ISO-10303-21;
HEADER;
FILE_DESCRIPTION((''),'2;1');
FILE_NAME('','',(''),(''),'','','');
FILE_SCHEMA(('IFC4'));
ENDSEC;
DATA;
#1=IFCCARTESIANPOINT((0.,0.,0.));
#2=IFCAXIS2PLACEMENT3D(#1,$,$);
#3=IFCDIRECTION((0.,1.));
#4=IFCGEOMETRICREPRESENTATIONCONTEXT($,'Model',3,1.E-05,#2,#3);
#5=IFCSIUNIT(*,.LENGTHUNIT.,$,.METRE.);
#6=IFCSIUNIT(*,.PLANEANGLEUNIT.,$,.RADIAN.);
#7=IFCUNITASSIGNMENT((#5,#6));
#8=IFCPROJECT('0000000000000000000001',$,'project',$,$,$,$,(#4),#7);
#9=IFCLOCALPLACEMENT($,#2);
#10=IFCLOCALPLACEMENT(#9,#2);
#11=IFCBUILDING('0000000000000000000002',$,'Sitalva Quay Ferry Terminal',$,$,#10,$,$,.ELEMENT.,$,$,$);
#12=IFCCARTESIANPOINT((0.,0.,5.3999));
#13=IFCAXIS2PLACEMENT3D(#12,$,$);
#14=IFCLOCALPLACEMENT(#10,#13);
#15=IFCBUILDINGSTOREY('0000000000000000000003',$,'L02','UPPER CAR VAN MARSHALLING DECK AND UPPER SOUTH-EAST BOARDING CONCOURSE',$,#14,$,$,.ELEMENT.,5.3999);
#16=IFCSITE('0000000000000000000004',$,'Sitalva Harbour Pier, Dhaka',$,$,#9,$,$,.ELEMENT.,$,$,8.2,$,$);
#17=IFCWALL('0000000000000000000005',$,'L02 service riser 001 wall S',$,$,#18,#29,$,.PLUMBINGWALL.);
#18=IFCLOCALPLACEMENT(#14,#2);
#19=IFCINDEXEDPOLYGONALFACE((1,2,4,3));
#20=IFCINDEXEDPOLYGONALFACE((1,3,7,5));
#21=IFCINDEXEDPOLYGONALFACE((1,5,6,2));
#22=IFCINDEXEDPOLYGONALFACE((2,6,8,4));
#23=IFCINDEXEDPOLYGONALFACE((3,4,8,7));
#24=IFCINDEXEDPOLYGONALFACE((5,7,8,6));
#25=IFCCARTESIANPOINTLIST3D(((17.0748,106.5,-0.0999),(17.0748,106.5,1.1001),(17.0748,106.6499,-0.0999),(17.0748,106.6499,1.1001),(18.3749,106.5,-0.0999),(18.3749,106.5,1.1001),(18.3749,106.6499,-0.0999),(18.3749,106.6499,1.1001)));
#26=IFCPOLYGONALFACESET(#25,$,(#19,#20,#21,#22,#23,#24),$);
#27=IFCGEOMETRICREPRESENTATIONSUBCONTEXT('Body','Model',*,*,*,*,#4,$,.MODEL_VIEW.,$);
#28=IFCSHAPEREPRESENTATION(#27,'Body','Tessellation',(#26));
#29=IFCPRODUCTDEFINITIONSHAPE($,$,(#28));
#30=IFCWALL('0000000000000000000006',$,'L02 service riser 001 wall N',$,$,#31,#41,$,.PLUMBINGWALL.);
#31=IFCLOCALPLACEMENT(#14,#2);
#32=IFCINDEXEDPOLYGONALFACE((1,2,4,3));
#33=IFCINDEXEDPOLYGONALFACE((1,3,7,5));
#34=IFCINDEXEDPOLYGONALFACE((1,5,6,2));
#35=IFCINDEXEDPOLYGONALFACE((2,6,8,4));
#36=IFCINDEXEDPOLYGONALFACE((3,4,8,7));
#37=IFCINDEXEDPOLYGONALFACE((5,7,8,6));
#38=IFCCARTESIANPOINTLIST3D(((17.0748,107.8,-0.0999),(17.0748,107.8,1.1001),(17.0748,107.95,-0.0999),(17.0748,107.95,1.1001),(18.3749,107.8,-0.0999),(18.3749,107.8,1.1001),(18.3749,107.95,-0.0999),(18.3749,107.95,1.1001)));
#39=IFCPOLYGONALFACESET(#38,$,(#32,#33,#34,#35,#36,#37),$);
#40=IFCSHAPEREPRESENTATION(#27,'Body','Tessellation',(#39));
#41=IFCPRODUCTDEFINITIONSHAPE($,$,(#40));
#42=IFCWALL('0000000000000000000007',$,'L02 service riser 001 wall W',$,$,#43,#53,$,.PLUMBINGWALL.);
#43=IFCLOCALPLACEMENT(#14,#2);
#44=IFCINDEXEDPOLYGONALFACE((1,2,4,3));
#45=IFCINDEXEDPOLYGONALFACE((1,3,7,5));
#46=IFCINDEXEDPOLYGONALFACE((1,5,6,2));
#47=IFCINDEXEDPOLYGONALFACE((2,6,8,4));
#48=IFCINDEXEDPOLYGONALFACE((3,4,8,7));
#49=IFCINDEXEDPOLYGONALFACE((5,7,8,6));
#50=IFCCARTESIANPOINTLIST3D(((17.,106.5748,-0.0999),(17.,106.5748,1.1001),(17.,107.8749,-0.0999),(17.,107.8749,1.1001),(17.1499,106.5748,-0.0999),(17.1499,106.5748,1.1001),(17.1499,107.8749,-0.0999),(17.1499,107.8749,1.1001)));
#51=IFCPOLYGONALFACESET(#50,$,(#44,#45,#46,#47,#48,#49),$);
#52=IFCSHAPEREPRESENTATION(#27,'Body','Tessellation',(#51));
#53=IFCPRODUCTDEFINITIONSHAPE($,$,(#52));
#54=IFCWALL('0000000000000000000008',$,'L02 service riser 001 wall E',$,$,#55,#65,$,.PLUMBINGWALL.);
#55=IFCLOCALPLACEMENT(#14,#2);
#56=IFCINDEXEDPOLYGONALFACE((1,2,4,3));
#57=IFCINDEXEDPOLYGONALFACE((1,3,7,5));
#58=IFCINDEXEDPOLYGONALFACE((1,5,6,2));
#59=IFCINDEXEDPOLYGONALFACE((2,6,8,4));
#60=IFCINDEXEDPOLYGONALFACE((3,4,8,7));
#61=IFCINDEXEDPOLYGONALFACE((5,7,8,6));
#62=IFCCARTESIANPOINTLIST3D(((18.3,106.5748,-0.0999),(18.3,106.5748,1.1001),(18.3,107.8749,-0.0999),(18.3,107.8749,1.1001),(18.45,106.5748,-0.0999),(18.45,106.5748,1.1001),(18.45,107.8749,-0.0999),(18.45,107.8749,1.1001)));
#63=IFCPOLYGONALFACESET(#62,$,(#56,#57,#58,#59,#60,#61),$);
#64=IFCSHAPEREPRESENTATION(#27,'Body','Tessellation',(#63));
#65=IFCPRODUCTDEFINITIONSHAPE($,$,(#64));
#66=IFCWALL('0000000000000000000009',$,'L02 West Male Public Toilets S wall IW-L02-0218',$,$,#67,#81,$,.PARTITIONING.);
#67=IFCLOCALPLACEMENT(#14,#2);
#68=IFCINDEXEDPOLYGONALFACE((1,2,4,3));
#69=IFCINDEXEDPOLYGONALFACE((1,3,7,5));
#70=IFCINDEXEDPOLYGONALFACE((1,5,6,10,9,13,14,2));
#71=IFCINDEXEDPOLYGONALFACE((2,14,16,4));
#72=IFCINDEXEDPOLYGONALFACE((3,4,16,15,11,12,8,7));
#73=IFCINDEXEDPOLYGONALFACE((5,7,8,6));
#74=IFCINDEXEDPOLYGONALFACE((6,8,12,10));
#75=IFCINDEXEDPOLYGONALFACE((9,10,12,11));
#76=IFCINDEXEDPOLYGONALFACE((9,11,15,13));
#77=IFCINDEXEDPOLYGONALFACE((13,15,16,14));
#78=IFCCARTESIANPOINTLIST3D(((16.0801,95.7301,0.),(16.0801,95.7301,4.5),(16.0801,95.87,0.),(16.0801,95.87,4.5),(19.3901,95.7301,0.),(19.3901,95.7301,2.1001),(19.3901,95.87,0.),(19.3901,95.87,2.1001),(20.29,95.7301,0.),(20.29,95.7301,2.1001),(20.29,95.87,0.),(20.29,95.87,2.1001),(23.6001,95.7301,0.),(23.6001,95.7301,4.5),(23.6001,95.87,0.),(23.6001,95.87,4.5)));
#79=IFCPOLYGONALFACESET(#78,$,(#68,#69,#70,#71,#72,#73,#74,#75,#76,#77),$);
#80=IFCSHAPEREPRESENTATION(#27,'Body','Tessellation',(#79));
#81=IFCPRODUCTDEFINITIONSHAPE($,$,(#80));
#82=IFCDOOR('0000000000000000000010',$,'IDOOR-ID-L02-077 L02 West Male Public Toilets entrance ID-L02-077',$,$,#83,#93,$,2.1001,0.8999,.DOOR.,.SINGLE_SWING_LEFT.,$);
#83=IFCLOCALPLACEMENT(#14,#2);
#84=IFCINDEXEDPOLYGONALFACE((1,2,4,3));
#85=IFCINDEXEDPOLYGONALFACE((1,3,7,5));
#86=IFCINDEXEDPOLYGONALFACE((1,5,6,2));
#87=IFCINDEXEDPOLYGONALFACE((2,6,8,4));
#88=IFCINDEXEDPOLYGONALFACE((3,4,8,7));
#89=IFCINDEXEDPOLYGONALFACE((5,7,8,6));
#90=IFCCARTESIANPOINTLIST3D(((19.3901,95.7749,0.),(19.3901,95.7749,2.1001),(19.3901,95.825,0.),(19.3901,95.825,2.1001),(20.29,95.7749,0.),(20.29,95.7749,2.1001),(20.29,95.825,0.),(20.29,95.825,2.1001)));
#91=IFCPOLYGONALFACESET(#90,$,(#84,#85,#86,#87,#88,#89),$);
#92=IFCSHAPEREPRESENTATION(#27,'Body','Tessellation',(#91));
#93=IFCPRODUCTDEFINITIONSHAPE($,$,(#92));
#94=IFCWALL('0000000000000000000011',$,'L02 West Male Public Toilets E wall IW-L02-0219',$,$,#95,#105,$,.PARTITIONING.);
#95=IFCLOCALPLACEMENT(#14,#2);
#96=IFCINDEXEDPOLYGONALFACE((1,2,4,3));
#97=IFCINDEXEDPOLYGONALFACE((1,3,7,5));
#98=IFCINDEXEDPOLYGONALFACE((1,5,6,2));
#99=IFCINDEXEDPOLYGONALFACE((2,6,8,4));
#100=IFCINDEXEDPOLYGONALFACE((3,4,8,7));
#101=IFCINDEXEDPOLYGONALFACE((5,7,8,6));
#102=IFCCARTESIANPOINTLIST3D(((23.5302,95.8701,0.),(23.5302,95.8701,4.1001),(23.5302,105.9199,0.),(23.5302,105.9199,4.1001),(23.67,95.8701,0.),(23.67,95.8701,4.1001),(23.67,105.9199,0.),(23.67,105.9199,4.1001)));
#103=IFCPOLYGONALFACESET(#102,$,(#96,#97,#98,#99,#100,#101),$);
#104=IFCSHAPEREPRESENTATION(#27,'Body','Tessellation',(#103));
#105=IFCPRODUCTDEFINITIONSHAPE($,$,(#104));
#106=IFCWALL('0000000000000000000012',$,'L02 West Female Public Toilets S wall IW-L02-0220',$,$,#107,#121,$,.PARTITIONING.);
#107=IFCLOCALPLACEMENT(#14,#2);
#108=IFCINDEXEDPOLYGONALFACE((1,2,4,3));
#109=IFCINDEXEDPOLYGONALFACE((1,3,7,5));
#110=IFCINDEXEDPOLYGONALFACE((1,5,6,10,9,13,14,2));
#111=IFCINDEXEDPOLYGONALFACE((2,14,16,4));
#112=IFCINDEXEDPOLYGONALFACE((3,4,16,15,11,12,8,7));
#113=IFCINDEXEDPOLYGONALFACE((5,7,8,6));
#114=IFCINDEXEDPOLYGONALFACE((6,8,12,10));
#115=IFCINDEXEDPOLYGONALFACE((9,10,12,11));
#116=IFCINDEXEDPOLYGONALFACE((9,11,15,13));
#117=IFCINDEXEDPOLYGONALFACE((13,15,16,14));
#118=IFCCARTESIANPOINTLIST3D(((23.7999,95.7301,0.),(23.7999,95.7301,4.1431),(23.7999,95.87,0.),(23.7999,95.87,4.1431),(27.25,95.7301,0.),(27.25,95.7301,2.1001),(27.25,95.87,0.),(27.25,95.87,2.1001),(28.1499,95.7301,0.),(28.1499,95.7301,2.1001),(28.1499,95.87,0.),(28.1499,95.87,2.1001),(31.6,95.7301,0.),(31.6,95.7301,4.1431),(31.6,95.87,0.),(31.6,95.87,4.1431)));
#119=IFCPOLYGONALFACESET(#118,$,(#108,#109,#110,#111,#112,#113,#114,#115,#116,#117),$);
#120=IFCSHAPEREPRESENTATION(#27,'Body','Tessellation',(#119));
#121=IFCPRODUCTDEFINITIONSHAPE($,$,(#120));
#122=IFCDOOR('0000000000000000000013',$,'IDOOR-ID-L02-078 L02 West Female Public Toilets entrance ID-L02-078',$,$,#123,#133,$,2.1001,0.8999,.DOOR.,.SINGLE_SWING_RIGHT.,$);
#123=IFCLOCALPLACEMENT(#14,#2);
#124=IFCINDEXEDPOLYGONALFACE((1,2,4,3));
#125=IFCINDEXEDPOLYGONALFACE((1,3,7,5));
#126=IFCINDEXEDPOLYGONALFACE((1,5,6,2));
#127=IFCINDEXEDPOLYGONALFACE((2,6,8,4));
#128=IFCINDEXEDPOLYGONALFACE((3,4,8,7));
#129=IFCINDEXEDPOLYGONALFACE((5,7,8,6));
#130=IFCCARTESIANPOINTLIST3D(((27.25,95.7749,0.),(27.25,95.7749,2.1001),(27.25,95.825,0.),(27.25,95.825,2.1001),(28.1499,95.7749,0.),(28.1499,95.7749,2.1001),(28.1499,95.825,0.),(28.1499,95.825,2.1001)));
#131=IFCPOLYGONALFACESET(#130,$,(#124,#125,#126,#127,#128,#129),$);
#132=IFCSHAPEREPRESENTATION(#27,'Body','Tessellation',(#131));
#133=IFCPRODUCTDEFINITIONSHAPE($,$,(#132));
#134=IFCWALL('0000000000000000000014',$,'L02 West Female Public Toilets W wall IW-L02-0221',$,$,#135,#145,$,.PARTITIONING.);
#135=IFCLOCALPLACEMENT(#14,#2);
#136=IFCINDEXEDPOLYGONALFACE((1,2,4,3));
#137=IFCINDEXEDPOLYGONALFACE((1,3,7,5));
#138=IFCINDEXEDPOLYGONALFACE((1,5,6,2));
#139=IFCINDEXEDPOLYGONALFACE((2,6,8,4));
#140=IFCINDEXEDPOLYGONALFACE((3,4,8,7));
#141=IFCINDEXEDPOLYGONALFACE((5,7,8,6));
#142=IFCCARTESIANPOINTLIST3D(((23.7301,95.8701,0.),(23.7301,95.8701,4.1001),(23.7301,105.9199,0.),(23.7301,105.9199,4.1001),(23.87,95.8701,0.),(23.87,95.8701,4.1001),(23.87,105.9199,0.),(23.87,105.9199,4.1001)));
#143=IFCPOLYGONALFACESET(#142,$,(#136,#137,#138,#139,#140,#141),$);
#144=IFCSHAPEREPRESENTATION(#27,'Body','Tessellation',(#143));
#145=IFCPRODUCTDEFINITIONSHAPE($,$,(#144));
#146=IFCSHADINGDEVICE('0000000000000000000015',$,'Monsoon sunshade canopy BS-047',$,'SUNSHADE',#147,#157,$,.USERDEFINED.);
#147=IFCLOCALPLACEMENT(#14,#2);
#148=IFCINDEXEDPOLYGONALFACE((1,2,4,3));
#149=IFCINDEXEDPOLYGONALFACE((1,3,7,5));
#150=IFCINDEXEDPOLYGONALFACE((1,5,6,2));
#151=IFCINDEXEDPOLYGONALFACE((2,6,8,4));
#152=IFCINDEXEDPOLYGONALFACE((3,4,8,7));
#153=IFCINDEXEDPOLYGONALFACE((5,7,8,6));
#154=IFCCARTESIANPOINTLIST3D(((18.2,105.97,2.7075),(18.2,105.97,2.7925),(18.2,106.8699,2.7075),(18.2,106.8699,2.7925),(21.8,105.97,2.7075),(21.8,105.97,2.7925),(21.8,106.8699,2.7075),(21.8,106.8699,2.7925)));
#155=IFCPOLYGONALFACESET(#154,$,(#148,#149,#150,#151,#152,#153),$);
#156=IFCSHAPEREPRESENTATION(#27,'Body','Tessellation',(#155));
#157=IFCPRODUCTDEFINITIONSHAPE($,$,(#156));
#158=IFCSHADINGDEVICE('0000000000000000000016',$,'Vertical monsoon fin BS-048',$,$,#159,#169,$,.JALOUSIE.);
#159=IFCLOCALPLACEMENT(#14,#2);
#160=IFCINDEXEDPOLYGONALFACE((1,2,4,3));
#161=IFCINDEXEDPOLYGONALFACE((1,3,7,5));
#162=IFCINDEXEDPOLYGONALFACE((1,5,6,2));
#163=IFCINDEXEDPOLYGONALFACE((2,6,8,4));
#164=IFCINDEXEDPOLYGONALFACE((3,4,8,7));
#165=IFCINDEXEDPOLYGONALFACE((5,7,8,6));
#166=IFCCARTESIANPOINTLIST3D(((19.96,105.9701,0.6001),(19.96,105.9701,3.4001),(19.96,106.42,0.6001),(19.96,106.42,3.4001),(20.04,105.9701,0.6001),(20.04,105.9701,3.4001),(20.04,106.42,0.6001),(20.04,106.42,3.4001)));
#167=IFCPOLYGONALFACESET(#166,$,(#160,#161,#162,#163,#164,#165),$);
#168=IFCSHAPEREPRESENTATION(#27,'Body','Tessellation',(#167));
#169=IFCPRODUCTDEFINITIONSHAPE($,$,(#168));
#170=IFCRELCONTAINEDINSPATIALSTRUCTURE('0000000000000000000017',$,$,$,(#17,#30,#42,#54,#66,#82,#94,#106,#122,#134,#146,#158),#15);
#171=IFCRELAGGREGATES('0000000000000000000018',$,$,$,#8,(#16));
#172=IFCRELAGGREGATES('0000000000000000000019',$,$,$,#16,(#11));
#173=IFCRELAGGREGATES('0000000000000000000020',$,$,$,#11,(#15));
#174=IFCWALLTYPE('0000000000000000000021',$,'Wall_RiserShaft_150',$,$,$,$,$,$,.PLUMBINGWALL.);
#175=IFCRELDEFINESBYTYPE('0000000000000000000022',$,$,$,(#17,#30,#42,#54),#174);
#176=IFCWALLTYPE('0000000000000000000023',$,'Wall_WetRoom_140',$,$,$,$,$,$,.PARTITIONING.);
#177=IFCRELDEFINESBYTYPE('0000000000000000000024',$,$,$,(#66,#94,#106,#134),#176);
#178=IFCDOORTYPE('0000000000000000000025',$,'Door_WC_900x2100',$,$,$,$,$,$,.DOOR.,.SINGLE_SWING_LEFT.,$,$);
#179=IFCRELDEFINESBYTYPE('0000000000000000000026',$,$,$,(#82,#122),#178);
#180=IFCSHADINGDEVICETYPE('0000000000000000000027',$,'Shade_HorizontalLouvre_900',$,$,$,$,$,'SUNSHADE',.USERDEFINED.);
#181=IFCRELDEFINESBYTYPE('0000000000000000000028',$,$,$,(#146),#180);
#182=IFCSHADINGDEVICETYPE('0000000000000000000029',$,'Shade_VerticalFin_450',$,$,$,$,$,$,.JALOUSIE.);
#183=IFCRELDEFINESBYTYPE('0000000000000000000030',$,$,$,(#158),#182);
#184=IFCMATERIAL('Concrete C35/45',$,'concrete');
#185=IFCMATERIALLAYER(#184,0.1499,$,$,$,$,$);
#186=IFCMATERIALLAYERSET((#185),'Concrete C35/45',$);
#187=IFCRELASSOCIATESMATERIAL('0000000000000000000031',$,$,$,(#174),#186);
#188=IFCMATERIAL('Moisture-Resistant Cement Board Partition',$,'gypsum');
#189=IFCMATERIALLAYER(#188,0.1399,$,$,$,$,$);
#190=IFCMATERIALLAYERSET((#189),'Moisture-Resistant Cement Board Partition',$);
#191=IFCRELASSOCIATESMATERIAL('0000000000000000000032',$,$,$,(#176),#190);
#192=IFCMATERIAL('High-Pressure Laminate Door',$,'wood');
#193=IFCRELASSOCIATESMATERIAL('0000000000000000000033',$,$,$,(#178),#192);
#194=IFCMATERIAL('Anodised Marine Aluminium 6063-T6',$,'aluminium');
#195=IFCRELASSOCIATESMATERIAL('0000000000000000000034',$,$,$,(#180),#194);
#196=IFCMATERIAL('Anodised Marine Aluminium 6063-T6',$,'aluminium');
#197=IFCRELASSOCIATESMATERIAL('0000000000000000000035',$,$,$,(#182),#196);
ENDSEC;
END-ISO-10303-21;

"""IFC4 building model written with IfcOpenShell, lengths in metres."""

from ifc_helpers import new_model, si_unit, direction, frame, frame_2d, origin, origin_2d, place, context, subcontext, project, spatial, rectangle, extrude, material, layer, layer_set, type_object, element, fill, save


model = new_model("IFC4")

# Units and contexts
model_context = context("Model", 3, precision=1e-05, world=origin(), true_north=direction((0.0, 1.0)))
body_context = subcontext(model_context, "Body", "Model", "MODEL_VIEW")
ifc_project = project(units=[si_unit("LENGTHUNIT", "METRE"), si_unit("PLANEANGLEUNIT", "RADIAN")], contexts=[model_context])

# Site, building, storey
site_placement = place(None, origin())
site = spatial("IfcSite", under=ifc_project, at=site_placement, Name="Sitalva Harbour Pier, Dhaka", CompositionType="ELEMENT", RefElevation=8.2)
building_placement = place(site_placement, origin())
building = spatial("IfcBuilding", under=site, at=building_placement, Name="Sitalva Quay Ferry Terminal", CompositionType="ELEMENT")
storey_placement = place(building_placement, frame((0.0, 0.0, 5.3999)))
storey = spatial("IfcBuildingStorey", under=building, at=storey_placement, Name="L02", Description="UPPER CAR VAN MARSHALLING DECK AND UPPER SOUTH-EAST BOARDING CONCOURSE", CompositionType="ELEMENT", Elevation=5.3999)

# Walls
ifc_material_1 = material(Name="Concrete C35/45", Category="concrete")
ifc_layer_1 = layer(ifc_material_1, 0.1499)
ifc_layer_set_1 = layer_set([ifc_layer_1], Name="Concrete C35/45")
wall_type_1 = type_object("IfcWallType", Name="Wall_RiserShaft_150", PredefinedType="PLUMBINGWALL", material=ifc_layer_set_1)
for number, where, z_axis, x_axis, name in (
    (1, (17.075, 106.575, -0.0999), (0.0, 0.0, 1.0), (1.0, 0.0, 0.0), "L02 service riser 001 wall S"),
    (2, (17.075, 107.875, -0.0999), (0.0, 0.0, 1.0), (1.0, 0.0, 0.0), "L02 service riser 001 wall N"),
    (3, (17.075, 106.575, -0.0999), (0.0, 0.0, 1.0), (0.0, 1.0, 0.0), "L02 service riser 001 wall W"),
    (4, (18.375, 106.575, -0.0999), (0.0, 0.0, 1.0), (0.0, 1.0, 0.0), "L02 service riser 001 wall E"),
):
    element("IfcWall", number, at=place(storey_placement, frame(where, z_axis=z_axis, x_axis=x_axis)), inside=storey, type_object=wall_type_1, Name=name, PredefinedType="PLUMBINGWALL", context=body_context, shape_type="SweptSolid", body=[
        extrude(rectangle(XDim=1.3, YDim=0.1499, at=frame_2d((0.6499, 0.0))), origin(), (0.0, 0.0, 1.0), 1.2),
    ])

# Wall, opening, door
ifc_material_2 = material(Name="Moisture-Resistant Cement Board Partition", Category="gypsum")
ifc_layer_2 = layer(ifc_material_2, 0.1399)
ifc_layer_set_2 = layer_set([ifc_layer_2], Name="Moisture-Resistant Cement Board Partition")
wall_type_2 = type_object("IfcWallType", Name="Wall_WetRoom_140", PredefinedType="PARTITIONING", material=ifc_layer_set_2)
wall_1_placement = place(storey_placement, frame((16.0801, 95.8, 0.0), z_axis=(0.0, 0.0, 1.0), x_axis=(1.0, 0.0, 0.0)))
wall_1 = element("IfcWall", 5, at=wall_1_placement, inside=storey, type_object=wall_type_2, Name="L02 West Male Public Toilets S wall IW-L02-0218", PredefinedType="PARTITIONING", context=body_context, shape_type="SweptSolid", body=[
    extrude(rectangle(XDim=7.52, YDim=0.1399, at=frame_2d((3.76, 0.0))), origin(), (0.0, 0.0, 1.0), 4.5),
])
opening_1_placement = place(wall_1_placement, frame((3.3101, 0.0, 0.0)))
opening_1 = element("IfcOpeningElement", 6, at=opening_1_placement, cuts=wall_1, PredefinedType="OPENING", context=body_context, shape_type="SweptSolid", body=[
    extrude(rectangle(XDim=0.8999, YDim=2.1001, at=frame_2d((0.45, 1.05))), frame((0.0, 0.0798, 0.0), z_axis=(0.0, -1.0, 0.0), x_axis=(1.0, 0.0, 0.0)), (0.0, 0.0, 1.0), 0.1599),
])
ifc_material_3 = material(Name="High-Pressure Laminate Door", Category="wood")
door_type = type_object("IfcDoorType", Name="Door_WC_900x2100", OperationType="SINGLE_SWING_LEFT", PredefinedType="DOOR", material=ifc_material_3)
door_1_placement = place(opening_1_placement, origin())
door_1 = element("IfcDoor", 7, at=door_1_placement, inside=storey, type_object=door_type, Name="IDOOR-ID-L02-077 L02 West Male Public Toilets entrance ID-L02-077", OperationType="SINGLE_SWING_LEFT", OverallHeight=2.1001, OverallWidth=0.8999, PredefinedType="DOOR", context=body_context, shape_type="SweptSolid", body=[
    extrude(rectangle(XDim=0.8999, YDim=2.1001, at=frame_2d((0.45, 1.05))), frame((0.0, 0.0249, 0.0), z_axis=(0.0, -1.0, 0.0), x_axis=(1.0, 0.0, 0.0)), (0.0, 0.0, 1.0), 0.05),
])
fill(opening_1, door_1)

# Wall
wall_2_placement = place(storey_placement, frame((23.6001, 95.8701, 0.0), z_axis=(0.0, 0.0, 1.0), x_axis=(0.0, 1.0, 0.0)))
element("IfcWall", 8, at=wall_2_placement, inside=storey, type_object=wall_type_2, Name="L02 West Male Public Toilets E wall IW-L02-0219", PredefinedType="PARTITIONING", context=body_context, shape_type="SweptSolid", body=[
    extrude(rectangle(XDim=10.0498, YDim=0.1399, at=frame_2d((5.0249, 0.0))), origin(), (0.0, 0.0, 1.0), 4.1001),
])

# Wall, opening, door
wall_3_placement = place(storey_placement, frame((23.8, 95.8, 0.0), z_axis=(0.0, 0.0, 1.0), x_axis=(1.0, 0.0, 0.0)))
wall_3 = element("IfcWall", 9, at=wall_3_placement, inside=storey, type_object=wall_type_2, Name="L02 West Female Public Toilets S wall IW-L02-0220", PredefinedType="PARTITIONING", context=body_context, shape_type="SweptSolid", body=[
    extrude(rectangle(XDim=7.8, YDim=0.1399, at=frame_2d((3.8999, 0.0))), origin(), (0.0, 0.0, 1.0), 4.1431),
])
opening_2_placement = place(wall_3_placement, frame((3.45, 0.0, 0.0)))
opening_2 = element("IfcOpeningElement", 10, at=opening_2_placement, cuts=wall_3, PredefinedType="OPENING", context=body_context, shape_type="SweptSolid", body=[
    extrude(rectangle(XDim=0.8999, YDim=2.1001, at=frame_2d((0.45, 1.05))), frame((0.0, 0.0798, 0.0), z_axis=(0.0, -1.0, 0.0), x_axis=(1.0, 0.0, 0.0)), (0.0, 0.0, 1.0), 0.1599),
])
door_2_placement = place(opening_2_placement, origin())
door_2 = element("IfcDoor", 11, at=door_2_placement, inside=storey, type_object=door_type, Name="IDOOR-ID-L02-078 L02 West Female Public Toilets entrance ID-L02-078", OperationType="SINGLE_SWING_RIGHT", OverallHeight=2.1001, OverallWidth=0.8999, PredefinedType="DOOR", context=body_context, shape_type="SweptSolid", body=[
    extrude(rectangle(XDim=0.8999, YDim=2.1001, at=frame_2d((0.45, 1.05))), frame((0.0, 0.0249, 0.0), z_axis=(0.0, -1.0, 0.0), x_axis=(1.0, 0.0, 0.0)), (0.0, 0.0, 1.0), 0.05),
])
fill(opening_2, door_2)

# Wall
wall_4_placement = place(storey_placement, frame((23.8, 95.8701, 0.0), z_axis=(0.0, 0.0, 1.0), x_axis=(0.0, 1.0, 0.0)))
element("IfcWall", 12, at=wall_4_placement, inside=storey, type_object=wall_type_2, Name="L02 West Female Public Toilets W wall IW-L02-0221", PredefinedType="PARTITIONING", context=body_context, shape_type="SweptSolid", body=[
    extrude(rectangle(XDim=10.0498, YDim=0.1399, at=frame_2d((5.0249, 0.0))), origin(), (0.0, 0.0, 1.0), 4.1001),
])

# Shading devices
ifc_material_4 = material(Name="Anodised Marine Aluminium 6063-T6", Category="aluminium")
shading_device_type_1 = type_object("IfcShadingDeviceType", Name="Shade_HorizontalLouvre_900", ElementType="SUNSHADE", PredefinedType="USERDEFINED", material=ifc_material_4)
shading_device_1_placement = place(storey_placement, frame((20.0, 106.4199, 2.7075), z_axis=(0.0, 0.0, 1.0), x_axis=(1.0, 0.0, 0.0)))
element("IfcShadingDevice", 13, at=shading_device_1_placement, inside=storey, type_object=shading_device_type_1, Name="Monsoon sunshade canopy BS-047", ObjectType="SUNSHADE", PredefinedType="USERDEFINED", context=body_context, shape_type="SweptSolid", body=[
    extrude(rectangle(XDim=3.6001, YDim=0.8999, at=origin_2d()), origin(), (0.0, 0.0, 1.0), 0.085),
])
ifc_material_5 = material(Name="Anodised Marine Aluminium 6063-T6", Category="aluminium")
shading_device_type_2 = type_object("IfcShadingDeviceType", Name="Shade_VerticalFin_450", PredefinedType="JALOUSIE", material=ifc_material_5)
shading_device_2_placement = place(storey_placement, frame((20.0, 106.1951, 0.6001), z_axis=(0.0, 0.0, 1.0), x_axis=(1.0, 0.0, 0.0)))
element("IfcShadingDevice", 14, at=shading_device_2_placement, inside=storey, type_object=shading_device_type_2, Name="Vertical monsoon fin BS-048", PredefinedType="JALOUSIE", context=body_context, shape_type="SweptSolid", body=[
    extrude(rectangle(XDim=0.0801, YDim=0.45, at=origin_2d()), origin(), (0.0, 0.0, 1.0), 2.8),
])

save(model, "model.ifc")
